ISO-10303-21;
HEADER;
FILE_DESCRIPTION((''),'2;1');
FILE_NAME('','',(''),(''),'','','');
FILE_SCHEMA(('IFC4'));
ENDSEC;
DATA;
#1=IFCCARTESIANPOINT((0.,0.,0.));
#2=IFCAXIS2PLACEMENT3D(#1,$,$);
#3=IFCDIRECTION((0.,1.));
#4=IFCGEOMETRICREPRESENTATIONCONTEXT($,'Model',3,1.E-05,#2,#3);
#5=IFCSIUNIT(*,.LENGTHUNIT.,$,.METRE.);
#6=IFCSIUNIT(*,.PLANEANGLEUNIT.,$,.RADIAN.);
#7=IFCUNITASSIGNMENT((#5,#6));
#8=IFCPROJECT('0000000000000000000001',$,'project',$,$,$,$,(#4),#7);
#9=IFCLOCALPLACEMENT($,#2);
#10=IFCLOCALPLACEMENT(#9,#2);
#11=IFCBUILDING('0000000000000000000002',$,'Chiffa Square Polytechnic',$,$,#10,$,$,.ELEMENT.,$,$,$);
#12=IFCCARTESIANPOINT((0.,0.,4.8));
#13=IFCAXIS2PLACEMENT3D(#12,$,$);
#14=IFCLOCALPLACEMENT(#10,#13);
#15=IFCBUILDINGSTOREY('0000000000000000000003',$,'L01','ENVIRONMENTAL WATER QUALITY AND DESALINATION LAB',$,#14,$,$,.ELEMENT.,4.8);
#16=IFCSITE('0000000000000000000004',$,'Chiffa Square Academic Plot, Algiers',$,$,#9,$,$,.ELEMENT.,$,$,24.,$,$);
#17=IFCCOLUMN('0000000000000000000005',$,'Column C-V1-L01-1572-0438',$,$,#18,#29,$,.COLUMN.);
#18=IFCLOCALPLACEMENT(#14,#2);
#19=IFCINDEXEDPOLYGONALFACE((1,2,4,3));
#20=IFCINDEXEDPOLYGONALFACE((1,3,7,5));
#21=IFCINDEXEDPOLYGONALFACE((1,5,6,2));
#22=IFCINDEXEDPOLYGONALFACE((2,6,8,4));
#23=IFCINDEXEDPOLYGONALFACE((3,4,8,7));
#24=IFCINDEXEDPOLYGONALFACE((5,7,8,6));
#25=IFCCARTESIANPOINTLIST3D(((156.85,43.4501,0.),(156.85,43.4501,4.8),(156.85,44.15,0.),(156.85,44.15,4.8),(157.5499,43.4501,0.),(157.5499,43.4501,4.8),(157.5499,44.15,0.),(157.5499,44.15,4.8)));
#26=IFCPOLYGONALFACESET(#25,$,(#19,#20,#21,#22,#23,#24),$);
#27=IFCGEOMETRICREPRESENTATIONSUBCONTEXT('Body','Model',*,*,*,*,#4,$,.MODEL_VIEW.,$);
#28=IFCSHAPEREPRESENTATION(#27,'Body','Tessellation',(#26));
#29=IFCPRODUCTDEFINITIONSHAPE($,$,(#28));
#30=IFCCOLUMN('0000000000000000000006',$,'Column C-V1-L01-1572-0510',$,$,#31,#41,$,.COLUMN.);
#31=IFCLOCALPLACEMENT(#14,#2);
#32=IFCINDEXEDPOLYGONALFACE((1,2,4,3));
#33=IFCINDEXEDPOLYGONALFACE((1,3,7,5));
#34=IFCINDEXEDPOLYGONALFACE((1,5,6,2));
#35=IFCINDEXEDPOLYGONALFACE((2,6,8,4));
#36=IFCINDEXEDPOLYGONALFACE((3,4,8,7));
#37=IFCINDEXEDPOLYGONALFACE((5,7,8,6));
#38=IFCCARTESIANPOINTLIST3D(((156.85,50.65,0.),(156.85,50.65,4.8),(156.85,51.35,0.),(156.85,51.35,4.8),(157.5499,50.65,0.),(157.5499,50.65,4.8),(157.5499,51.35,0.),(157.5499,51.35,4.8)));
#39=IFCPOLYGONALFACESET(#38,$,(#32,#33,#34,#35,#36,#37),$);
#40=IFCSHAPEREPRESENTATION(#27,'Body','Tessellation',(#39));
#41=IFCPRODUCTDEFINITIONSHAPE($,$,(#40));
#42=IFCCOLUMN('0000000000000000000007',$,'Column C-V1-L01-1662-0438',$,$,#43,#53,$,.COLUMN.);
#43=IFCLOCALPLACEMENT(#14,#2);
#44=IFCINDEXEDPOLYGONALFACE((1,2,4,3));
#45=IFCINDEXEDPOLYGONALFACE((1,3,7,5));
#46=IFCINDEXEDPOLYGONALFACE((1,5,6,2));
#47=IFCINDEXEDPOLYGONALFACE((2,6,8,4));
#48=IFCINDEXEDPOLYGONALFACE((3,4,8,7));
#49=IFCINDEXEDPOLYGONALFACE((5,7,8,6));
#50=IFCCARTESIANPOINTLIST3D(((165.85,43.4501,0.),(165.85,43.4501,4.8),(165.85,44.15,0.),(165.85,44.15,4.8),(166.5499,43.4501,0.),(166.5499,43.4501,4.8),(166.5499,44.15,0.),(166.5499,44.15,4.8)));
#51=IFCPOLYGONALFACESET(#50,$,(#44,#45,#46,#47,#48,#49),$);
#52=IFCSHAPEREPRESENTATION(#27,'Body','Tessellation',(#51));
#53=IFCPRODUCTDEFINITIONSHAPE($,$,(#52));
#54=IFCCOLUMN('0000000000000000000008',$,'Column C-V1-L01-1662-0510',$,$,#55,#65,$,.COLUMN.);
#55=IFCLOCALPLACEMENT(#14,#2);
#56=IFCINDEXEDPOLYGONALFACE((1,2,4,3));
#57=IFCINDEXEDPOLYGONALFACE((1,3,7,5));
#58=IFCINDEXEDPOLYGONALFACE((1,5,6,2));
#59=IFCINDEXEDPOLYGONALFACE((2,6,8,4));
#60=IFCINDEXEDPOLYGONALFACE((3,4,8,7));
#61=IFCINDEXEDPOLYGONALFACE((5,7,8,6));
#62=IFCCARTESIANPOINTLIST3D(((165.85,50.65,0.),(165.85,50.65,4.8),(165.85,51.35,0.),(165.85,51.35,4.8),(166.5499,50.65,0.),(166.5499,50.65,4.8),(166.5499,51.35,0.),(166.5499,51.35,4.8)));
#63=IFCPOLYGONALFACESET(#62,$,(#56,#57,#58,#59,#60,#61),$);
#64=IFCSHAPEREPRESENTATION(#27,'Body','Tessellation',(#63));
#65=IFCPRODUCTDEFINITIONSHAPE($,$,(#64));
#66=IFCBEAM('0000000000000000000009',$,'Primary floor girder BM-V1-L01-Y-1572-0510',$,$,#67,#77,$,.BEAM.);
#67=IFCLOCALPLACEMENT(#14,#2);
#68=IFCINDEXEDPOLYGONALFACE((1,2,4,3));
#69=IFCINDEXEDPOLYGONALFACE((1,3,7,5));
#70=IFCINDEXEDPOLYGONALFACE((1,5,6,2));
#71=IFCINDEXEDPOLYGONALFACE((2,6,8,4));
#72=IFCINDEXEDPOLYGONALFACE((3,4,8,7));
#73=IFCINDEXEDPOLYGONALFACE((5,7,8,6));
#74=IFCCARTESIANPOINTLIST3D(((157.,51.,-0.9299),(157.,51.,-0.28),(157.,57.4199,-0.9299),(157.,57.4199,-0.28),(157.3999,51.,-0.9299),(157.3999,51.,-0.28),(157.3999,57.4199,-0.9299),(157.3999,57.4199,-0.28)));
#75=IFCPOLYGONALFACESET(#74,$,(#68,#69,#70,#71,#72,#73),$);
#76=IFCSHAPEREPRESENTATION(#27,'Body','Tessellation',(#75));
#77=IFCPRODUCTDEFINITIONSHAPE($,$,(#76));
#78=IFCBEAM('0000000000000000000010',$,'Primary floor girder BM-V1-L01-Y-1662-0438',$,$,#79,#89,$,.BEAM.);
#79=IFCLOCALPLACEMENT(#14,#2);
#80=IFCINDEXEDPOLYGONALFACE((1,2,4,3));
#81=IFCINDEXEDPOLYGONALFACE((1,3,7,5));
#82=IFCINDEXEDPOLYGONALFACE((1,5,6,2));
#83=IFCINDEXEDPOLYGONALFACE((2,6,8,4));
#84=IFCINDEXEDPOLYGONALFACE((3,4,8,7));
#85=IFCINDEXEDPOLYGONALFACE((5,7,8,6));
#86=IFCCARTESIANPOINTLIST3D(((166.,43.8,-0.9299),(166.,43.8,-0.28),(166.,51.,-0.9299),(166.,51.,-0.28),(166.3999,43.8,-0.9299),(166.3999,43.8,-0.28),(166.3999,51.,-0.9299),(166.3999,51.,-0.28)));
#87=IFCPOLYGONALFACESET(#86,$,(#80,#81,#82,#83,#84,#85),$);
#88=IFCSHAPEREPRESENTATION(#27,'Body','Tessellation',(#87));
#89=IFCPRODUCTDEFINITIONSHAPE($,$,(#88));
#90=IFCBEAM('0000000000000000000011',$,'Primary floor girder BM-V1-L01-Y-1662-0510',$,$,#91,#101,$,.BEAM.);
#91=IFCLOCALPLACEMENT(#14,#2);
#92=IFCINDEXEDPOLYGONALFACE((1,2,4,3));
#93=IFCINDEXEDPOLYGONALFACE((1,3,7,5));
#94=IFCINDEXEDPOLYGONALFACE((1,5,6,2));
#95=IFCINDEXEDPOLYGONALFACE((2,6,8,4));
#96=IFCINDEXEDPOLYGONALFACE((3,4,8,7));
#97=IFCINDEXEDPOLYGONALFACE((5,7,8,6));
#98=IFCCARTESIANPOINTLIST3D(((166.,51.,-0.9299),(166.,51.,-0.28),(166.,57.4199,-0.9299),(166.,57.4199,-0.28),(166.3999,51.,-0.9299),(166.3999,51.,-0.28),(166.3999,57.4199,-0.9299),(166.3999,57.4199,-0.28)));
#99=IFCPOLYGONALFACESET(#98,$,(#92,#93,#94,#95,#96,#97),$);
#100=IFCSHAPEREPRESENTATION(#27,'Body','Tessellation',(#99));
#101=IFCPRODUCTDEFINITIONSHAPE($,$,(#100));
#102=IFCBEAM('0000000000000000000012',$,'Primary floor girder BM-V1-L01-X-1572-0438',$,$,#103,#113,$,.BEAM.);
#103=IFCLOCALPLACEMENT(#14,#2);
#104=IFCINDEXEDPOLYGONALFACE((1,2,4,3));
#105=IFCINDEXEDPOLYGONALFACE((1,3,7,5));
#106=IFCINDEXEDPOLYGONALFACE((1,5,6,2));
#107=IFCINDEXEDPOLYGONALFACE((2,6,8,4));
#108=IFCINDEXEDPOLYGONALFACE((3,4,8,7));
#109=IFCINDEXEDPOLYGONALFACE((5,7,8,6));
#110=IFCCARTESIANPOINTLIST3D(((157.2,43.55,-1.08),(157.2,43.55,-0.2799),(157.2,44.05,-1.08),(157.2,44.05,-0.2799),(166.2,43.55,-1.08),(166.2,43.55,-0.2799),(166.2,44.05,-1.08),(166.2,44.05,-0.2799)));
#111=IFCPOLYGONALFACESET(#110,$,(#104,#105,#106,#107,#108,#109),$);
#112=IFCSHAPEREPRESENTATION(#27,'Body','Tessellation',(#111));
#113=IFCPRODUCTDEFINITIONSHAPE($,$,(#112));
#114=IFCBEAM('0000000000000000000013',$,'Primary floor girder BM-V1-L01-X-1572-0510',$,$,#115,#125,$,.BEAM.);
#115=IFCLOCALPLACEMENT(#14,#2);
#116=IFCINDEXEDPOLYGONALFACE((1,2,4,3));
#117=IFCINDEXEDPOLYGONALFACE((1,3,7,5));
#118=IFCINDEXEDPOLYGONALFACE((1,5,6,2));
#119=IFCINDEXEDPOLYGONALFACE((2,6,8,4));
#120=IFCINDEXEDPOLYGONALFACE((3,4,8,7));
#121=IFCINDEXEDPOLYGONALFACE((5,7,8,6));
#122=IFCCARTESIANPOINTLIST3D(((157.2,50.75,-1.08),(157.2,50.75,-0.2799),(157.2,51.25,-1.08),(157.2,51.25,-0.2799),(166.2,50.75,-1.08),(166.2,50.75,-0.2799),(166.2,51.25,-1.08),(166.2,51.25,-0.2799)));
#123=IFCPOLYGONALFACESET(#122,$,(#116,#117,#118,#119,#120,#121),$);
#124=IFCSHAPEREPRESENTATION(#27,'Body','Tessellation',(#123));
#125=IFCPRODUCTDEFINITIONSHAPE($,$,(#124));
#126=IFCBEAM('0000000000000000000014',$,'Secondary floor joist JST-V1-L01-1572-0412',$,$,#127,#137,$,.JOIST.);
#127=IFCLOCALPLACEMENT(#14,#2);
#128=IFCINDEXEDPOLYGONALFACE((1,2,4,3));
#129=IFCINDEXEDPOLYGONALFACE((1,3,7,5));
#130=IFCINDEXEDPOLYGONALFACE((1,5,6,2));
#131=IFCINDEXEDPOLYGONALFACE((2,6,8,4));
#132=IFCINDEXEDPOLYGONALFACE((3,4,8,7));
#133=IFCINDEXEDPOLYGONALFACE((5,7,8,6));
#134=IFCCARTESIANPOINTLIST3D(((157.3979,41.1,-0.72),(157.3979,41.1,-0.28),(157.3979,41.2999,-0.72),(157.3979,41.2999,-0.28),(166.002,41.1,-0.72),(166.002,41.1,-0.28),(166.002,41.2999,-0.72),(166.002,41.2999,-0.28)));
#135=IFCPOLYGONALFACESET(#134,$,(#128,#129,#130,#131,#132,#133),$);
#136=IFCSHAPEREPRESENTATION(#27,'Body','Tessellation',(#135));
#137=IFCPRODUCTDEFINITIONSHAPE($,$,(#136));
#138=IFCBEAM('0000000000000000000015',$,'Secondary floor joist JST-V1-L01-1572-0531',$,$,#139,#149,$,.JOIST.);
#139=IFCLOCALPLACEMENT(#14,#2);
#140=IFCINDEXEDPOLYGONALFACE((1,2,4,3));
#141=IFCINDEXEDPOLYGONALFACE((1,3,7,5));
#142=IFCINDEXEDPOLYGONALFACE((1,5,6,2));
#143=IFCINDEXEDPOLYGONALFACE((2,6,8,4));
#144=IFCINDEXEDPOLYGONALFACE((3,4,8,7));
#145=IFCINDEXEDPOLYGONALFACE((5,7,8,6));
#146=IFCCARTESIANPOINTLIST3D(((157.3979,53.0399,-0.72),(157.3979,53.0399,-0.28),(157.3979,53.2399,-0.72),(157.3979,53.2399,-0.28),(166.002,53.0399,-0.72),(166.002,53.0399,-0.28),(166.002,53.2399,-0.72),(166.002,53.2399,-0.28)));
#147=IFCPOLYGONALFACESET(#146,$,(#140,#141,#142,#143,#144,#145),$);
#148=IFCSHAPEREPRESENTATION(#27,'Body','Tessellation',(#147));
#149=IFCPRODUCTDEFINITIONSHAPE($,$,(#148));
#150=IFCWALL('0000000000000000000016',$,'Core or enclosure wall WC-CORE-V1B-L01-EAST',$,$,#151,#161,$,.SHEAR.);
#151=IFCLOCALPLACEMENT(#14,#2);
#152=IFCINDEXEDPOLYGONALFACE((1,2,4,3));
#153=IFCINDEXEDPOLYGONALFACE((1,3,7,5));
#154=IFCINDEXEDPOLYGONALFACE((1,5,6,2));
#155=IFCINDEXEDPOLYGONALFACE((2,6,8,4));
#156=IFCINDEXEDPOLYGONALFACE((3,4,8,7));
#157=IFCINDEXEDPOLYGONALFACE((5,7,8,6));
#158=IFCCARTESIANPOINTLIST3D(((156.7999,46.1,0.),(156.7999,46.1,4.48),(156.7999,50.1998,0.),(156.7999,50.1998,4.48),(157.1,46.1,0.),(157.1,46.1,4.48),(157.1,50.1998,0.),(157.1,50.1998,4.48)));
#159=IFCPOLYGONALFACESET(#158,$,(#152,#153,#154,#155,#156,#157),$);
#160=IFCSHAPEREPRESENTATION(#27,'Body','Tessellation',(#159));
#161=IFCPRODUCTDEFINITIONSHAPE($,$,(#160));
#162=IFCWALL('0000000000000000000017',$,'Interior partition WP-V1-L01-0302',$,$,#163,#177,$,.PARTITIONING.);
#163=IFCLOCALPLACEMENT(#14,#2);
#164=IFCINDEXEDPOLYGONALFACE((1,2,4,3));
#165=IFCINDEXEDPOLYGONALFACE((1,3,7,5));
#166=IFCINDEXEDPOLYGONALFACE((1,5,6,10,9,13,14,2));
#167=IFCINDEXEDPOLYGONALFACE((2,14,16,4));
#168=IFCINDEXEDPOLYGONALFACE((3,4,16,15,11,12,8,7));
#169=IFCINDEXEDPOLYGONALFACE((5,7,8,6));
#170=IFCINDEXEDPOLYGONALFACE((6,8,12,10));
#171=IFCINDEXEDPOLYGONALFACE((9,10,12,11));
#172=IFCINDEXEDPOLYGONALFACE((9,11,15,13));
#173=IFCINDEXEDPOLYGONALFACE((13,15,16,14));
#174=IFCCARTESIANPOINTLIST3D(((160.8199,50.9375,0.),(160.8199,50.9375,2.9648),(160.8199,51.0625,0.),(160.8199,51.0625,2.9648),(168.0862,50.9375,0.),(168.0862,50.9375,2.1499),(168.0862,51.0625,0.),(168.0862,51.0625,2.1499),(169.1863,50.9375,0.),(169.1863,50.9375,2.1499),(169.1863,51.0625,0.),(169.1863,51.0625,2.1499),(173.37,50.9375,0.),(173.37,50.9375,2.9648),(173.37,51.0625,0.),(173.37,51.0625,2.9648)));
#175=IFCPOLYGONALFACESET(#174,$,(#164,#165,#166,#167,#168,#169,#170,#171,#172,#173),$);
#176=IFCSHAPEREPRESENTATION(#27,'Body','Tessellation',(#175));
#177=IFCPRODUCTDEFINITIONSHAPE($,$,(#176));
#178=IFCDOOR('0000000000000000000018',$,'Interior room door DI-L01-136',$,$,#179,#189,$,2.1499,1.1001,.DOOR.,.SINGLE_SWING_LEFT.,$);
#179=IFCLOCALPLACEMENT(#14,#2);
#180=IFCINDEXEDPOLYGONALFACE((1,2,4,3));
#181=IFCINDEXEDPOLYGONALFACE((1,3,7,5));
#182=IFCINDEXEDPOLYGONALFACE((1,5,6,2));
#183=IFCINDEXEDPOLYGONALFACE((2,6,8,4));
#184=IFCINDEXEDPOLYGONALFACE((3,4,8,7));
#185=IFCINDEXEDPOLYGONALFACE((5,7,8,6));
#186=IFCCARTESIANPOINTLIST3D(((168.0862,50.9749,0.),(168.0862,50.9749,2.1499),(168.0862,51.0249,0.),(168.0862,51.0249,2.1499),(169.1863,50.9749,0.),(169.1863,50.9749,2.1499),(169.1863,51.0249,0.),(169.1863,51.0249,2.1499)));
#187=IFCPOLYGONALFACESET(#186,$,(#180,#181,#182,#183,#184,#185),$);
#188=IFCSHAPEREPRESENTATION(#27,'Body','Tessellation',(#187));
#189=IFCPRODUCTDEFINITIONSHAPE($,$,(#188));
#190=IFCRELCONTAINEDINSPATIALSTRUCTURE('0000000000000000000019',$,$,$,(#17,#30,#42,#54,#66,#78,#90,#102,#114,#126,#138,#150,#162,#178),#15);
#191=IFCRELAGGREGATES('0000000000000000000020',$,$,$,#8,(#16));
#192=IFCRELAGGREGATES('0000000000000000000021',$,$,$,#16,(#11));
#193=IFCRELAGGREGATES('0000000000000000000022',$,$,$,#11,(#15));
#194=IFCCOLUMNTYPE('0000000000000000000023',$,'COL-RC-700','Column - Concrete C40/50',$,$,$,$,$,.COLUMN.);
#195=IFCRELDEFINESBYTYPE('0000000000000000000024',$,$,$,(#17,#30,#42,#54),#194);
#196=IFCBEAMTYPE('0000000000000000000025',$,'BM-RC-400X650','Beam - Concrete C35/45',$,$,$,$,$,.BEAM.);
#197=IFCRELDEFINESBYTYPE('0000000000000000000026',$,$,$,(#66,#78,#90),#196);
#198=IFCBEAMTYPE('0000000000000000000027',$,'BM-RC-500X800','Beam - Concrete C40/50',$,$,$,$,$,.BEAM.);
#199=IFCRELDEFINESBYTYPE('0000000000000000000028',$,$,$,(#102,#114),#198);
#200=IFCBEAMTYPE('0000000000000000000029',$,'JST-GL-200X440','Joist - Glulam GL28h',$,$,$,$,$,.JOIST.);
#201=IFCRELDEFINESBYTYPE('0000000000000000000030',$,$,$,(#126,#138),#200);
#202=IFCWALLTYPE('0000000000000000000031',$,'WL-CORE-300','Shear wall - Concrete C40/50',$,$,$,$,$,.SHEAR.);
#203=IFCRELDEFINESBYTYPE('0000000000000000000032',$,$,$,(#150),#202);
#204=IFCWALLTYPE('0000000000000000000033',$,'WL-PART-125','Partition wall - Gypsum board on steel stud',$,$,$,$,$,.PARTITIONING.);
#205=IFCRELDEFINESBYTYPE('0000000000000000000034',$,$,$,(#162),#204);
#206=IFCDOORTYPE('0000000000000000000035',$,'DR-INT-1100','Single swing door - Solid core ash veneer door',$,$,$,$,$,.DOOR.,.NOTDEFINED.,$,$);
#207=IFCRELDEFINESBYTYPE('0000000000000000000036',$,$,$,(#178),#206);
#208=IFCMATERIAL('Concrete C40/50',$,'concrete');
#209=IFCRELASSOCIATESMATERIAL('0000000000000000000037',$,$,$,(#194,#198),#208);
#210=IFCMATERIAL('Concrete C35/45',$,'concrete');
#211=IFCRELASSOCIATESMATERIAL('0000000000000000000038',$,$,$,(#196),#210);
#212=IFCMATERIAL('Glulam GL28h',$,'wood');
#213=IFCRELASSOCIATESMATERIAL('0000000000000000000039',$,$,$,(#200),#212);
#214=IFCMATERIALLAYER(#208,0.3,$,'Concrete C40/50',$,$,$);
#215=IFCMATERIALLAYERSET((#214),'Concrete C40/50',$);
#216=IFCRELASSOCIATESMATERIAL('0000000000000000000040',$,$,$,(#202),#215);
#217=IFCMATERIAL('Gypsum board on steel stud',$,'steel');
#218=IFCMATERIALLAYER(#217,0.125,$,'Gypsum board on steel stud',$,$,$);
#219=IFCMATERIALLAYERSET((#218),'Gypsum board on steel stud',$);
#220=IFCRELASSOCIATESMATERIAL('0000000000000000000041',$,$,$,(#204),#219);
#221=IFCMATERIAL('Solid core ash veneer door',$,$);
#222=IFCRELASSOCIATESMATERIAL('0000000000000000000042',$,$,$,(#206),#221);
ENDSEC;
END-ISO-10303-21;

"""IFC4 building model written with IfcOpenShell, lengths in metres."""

from ifc_helpers import new_model, si_unit, direction, frame, frame_2d, origin, origin_2d, place, context, subcontext, project, spatial, rectangle, extrude, material, layer, layer_set, material_profile, profile_set, type_object, element, fill, save


model = new_model("IFC4")

# Units and contexts
model_context = context("Model", 3, precision=1e-05, world=origin(), true_north=direction((0.0, 1.0)))
body_context = subcontext(model_context, "Body", "Model", "MODEL_VIEW")
ifc_project = project(units=[si_unit("LENGTHUNIT", "METRE"), si_unit("PLANEANGLEUNIT", "RADIAN")], contexts=[model_context])

# Site, building, storey
site_placement = place(None, origin())
site = spatial("IfcSite", under=ifc_project, at=site_placement, Name="Chiffa Square Academic Plot, Algiers", CompositionType="ELEMENT", RefElevation=24.0)
building_placement = place(site_placement, origin())
building = spatial("IfcBuilding", under=site, at=building_placement, Name="Chiffa Square Polytechnic", CompositionType="ELEMENT")
storey_placement = place(building_placement, frame((0.0, 0.0, 4.8)))
storey = spatial("IfcBuildingStorey", under=building, at=storey_placement, Name="L01", Description="ENVIRONMENTAL WATER QUALITY AND DESALINATION LAB", CompositionType="ELEMENT", Elevation=4.8)

# Columns
ifc_material_1 = material(Name="Concrete C40/50", Category="concrete")
ifc_material_profile_1 = material_profile(ifc_material_1, rectangle(XDim=0.7, YDim=0.7, at=origin_2d()), Name="RC 700x700")
ifc_profile_set_1 = profile_set([ifc_material_profile_1], Name="Concrete C40/50")
column_type = type_object("IfcColumnType", Name="COL-RC-700", Description="Column - Concrete C40/50", PredefinedType="COLUMN", material=ifc_profile_set_1)
for number, where, z_axis, x_axis, name in (
    (1, (157.2, 43.8, 0.0), (0.0, 0.0, 1.0), (1.0, 0.0, 0.0), "Column C-V1-L01-1572-0438"),
    (2, (157.2, 51.0, 0.0), (0.0, 0.0, 1.0), (1.0, 0.0, 0.0), "Column C-V1-L01-1572-0510"),
    (3, (166.2, 43.8, 0.0), (0.0, 0.0, 1.0), (1.0, 0.0, 0.0), "Column C-V1-L01-1662-0438"),
    (4, (166.2, 51.0, 0.0), (0.0, 0.0, 1.0), (1.0, 0.0, 0.0), "Column C-V1-L01-1662-0510"),
):
    element("IfcColumn", number, at=place(storey_placement, frame(where, z_axis=z_axis, x_axis=x_axis)), inside=storey, type_object=column_type, Name=name, PredefinedType="COLUMN", context=body_context, shape_type="SweptSolid", body=[
        extrude(rectangle(XDim=0.7, YDim=0.7, at=origin_2d()), origin(), (0.0, 0.0, 1.0), 4.8),
    ])

# Beams
ifc_material_2 = material(Name="Concrete C35/45", Category="concrete")
ifc_material_profile_2 = material_profile(ifc_material_2, rectangle(XDim=0.3999, YDim=0.6499, at=origin_2d()), Name="RC 400x650")
ifc_profile_set_2 = profile_set([ifc_material_profile_2], Name="Concrete C35/45")
beam_type_1 = type_object("IfcBeamType", Name="BM-RC-400X650", Description="Beam - Concrete C35/45", PredefinedType="BEAM", material=ifc_profile_set_2)
beam_1_placement = place(storey_placement, frame((157.2, 51.0, -0.605), z_axis=(0.0, 1.0, 0.0), x_axis=(-1.0, 0.0, 0.0)))
element("IfcBeam", 5, at=beam_1_placement, inside=storey, type_object=beam_type_1, Name="Primary floor girder BM-V1-L01-Y-1572-0510", PredefinedType="BEAM", context=body_context, shape_type="SweptSolid", body=[
    extrude(rectangle(XDim=0.3999, YDim=0.6499, at=origin_2d()), origin(), (0.0, 0.0, 1.0), 6.4199),
])
beam_2_placement = place(storey_placement, frame((166.2, 43.8, -0.605), z_axis=(0.0, 1.0, 0.0), x_axis=(-1.0, 0.0, 0.0)))
element("IfcBeam", 6, at=beam_2_placement, inside=storey, type_object=beam_type_1, Name="Primary floor girder BM-V1-L01-Y-1662-0438", PredefinedType="BEAM", context=body_context, shape_type="SweptSolid", body=[
    extrude(rectangle(XDim=0.3999, YDim=0.6499, at=origin_2d()), origin(), (0.0, 0.0, 1.0), 7.2),
])
beam_3_placement = place(storey_placement, frame((166.2, 51.0, -0.605), z_axis=(0.0, 1.0, 0.0), x_axis=(-1.0, 0.0, 0.0)))
element("IfcBeam", 7, at=beam_3_placement, inside=storey, type_object=beam_type_1, Name="Primary floor girder BM-V1-L01-Y-1662-0510", PredefinedType="BEAM", context=body_context, shape_type="SweptSolid", body=[
    extrude(rectangle(XDim=0.3999, YDim=0.6499, at=origin_2d()), origin(), (0.0, 0.0, 1.0), 6.4199),
])
ifc_material_profile_3 = material_profile(ifc_material_1, rectangle(XDim=0.5, YDim=0.8, at=origin_2d()), Name="RC 500x800")
ifc_profile_set_3 = profile_set([ifc_material_profile_3], Name="Concrete C40/50")
beam_type_2 = type_object("IfcBeamType", Name="BM-RC-500X800", Description="Beam - Concrete C40/50", PredefinedType="BEAM", material=ifc_profile_set_3)
for number, where, z_axis, x_axis, name in (
    (8, (157.2, 43.8, -0.6799), (1.0, 0.0, 0.0), (0.0, 1.0, 0.0), "Primary floor girder BM-V1-L01-X-1572-0438"),
    (9, (157.2, 51.0, -0.6799), (1.0, 0.0, 0.0), (0.0, 1.0, 0.0), "Primary floor girder BM-V1-L01-X-1572-0510"),
):
    element("IfcBeam", number, at=place(storey_placement, frame(where, z_axis=z_axis, x_axis=x_axis)), inside=storey, type_object=beam_type_2, Name=name, PredefinedType="BEAM", context=body_context, shape_type="SweptSolid", body=[
        extrude(rectangle(XDim=0.5, YDim=0.8, at=origin_2d()), origin(), (0.0, 0.0, 1.0), 9.0),
    ])
ifc_material_3 = material(Name="Glulam GL28h", Category="wood")
ifc_material_profile_4 = material_profile(ifc_material_3, rectangle(XDim=0.2, YDim=0.4399, at=origin_2d()), Name="GL28h 200x440")
ifc_profile_set_4 = profile_set([ifc_material_profile_4], Name="Glulam GL28h")
beam_type_3 = type_object("IfcBeamType", Name="JST-GL-200X440", Description="Joist - Glulam GL28h", PredefinedType="JOIST", material=ifc_profile_set_4)
for number, where, z_axis, x_axis, name in (
    (10, (157.3979, 41.2, -0.5), (1.0, 0.0, 0.0), (0.0, 1.0, 0.0), "Secondary floor joist JST-V1-L01-1572-0412"),
    (11, (157.3979, 53.1399, -0.5), (1.0, 0.0, 0.0), (0.0, 1.0, 0.0), "Secondary floor joist JST-V1-L01-1572-0531"),
):
    element("IfcBeam", number, at=place(storey_placement, frame(where, z_axis=z_axis, x_axis=x_axis)), inside=storey, type_object=beam_type_3, Name=name, PredefinedType="JOIST", context=body_context, shape_type="SweptSolid", body=[
        extrude(rectangle(XDim=0.2, YDim=0.4399, at=origin_2d()), origin(), (0.0, 0.0, 1.0), 8.604),
    ])

# Wall
ifc_layer_1 = layer(ifc_material_1, 0.3, Name="Concrete C40/50")
ifc_layer_set_1 = layer_set([ifc_layer_1], Name="Concrete C40/50")
wall_type_1 = type_object("IfcWallType", Name="WL-CORE-300", Description="Shear wall - Concrete C40/50", PredefinedType="SHEAR", material=ifc_layer_set_1)
wall_1_placement = place(storey_placement, frame((156.95, 46.1001, 0.0), z_axis=(0.0, 0.0, 1.0), x_axis=(0.0, 1.0, 0.0)))
element("IfcWall", 12, at=wall_1_placement, inside=storey, type_object=wall_type_1, Name="Core or enclosure wall WC-CORE-V1B-L01-EAST", PredefinedType="SHEAR", context=body_context, shape_type="SweptSolid", body=[
    extrude(rectangle(XDim=4.0999, YDim=0.3, at=frame_2d((2.0498, 0.0))), origin(), (0.0, 0.0, 1.0), 4.48),
])

# Wall, opening, door
ifc_material_4 = material(Name="Gypsum board on steel stud", Category="steel")
ifc_layer_2 = layer(ifc_material_4, 0.125, Name="Gypsum board on steel stud")
ifc_layer_set_2 = layer_set([ifc_layer_2], Name="Gypsum board on steel stud")
wall_type_2 = type_object("IfcWallType", Name="WL-PART-125", Description="Partition wall - Gypsum board on steel stud", PredefinedType="PARTITIONING", material=ifc_layer_set_2)
wall_2_placement = place(storey_placement, frame((160.8201, 51.0, 0.0), z_axis=(0.0, 0.0, 1.0), x_axis=(1.0, 0.0, 0.0)))
wall_2 = element("IfcWall", 13, at=wall_2_placement, inside=storey, type_object=wall_type_2, Name="Interior partition WP-V1-L01-0302", PredefinedType="PARTITIONING", context=body_context, shape_type="SweptSolid", body=[
    extrude(rectangle(XDim=12.55, YDim=0.125, at=frame_2d((6.2749, 0.0))), origin(), (0.0, 0.0, 1.0), 2.9648),
])
opening_1_placement = place(wall_2_placement, frame((7.2661, 0.0, 0.0)))
opening_1 = element("IfcOpeningElement", 14, at=opening_1_placement, cuts=wall_2, PredefinedType="OPENING", context=body_context, shape_type="SweptSolid", body=[
    extrude(rectangle(XDim=1.1001, YDim=2.1499, at=frame_2d((0.55, 1.075))), frame((0.0, 0.0725, 0.0), z_axis=(0.0, -1.0, 0.0), x_axis=(1.0, 0.0, 0.0)), (0.0, 0.0, 1.0), 0.145),
])
ifc_material_5 = material(Name="Solid core ash veneer door")
door_type = type_object("IfcDoorType", Name="DR-INT-1100", Description="Single swing door - Solid core ash veneer door", OperationType="NOTDEFINED", PredefinedType="DOOR", material=ifc_material_5)
door_1_placement = place(opening_1_placement, origin())
door_1 = element("IfcDoor", 15, at=door_1_placement, inside=storey, type_object=door_type, Name="Interior room door DI-L01-136", OperationType="SINGLE_SWING_LEFT", OverallHeight=2.1499, OverallWidth=1.1001, PredefinedType="DOOR", context=body_context, shape_type="SweptSolid", body=[
    extrude(rectangle(XDim=1.1001, YDim=2.1499, at=frame_2d((0.55, 1.075))), frame((0.0, 0.0249, 0.0), z_axis=(0.0, -1.0, 0.0), x_axis=(1.0, 0.0, 0.0)), (0.0, 0.0, 1.0), 0.05),
])
fill(opening_1, door_1)

save(model, "model.ifc")
